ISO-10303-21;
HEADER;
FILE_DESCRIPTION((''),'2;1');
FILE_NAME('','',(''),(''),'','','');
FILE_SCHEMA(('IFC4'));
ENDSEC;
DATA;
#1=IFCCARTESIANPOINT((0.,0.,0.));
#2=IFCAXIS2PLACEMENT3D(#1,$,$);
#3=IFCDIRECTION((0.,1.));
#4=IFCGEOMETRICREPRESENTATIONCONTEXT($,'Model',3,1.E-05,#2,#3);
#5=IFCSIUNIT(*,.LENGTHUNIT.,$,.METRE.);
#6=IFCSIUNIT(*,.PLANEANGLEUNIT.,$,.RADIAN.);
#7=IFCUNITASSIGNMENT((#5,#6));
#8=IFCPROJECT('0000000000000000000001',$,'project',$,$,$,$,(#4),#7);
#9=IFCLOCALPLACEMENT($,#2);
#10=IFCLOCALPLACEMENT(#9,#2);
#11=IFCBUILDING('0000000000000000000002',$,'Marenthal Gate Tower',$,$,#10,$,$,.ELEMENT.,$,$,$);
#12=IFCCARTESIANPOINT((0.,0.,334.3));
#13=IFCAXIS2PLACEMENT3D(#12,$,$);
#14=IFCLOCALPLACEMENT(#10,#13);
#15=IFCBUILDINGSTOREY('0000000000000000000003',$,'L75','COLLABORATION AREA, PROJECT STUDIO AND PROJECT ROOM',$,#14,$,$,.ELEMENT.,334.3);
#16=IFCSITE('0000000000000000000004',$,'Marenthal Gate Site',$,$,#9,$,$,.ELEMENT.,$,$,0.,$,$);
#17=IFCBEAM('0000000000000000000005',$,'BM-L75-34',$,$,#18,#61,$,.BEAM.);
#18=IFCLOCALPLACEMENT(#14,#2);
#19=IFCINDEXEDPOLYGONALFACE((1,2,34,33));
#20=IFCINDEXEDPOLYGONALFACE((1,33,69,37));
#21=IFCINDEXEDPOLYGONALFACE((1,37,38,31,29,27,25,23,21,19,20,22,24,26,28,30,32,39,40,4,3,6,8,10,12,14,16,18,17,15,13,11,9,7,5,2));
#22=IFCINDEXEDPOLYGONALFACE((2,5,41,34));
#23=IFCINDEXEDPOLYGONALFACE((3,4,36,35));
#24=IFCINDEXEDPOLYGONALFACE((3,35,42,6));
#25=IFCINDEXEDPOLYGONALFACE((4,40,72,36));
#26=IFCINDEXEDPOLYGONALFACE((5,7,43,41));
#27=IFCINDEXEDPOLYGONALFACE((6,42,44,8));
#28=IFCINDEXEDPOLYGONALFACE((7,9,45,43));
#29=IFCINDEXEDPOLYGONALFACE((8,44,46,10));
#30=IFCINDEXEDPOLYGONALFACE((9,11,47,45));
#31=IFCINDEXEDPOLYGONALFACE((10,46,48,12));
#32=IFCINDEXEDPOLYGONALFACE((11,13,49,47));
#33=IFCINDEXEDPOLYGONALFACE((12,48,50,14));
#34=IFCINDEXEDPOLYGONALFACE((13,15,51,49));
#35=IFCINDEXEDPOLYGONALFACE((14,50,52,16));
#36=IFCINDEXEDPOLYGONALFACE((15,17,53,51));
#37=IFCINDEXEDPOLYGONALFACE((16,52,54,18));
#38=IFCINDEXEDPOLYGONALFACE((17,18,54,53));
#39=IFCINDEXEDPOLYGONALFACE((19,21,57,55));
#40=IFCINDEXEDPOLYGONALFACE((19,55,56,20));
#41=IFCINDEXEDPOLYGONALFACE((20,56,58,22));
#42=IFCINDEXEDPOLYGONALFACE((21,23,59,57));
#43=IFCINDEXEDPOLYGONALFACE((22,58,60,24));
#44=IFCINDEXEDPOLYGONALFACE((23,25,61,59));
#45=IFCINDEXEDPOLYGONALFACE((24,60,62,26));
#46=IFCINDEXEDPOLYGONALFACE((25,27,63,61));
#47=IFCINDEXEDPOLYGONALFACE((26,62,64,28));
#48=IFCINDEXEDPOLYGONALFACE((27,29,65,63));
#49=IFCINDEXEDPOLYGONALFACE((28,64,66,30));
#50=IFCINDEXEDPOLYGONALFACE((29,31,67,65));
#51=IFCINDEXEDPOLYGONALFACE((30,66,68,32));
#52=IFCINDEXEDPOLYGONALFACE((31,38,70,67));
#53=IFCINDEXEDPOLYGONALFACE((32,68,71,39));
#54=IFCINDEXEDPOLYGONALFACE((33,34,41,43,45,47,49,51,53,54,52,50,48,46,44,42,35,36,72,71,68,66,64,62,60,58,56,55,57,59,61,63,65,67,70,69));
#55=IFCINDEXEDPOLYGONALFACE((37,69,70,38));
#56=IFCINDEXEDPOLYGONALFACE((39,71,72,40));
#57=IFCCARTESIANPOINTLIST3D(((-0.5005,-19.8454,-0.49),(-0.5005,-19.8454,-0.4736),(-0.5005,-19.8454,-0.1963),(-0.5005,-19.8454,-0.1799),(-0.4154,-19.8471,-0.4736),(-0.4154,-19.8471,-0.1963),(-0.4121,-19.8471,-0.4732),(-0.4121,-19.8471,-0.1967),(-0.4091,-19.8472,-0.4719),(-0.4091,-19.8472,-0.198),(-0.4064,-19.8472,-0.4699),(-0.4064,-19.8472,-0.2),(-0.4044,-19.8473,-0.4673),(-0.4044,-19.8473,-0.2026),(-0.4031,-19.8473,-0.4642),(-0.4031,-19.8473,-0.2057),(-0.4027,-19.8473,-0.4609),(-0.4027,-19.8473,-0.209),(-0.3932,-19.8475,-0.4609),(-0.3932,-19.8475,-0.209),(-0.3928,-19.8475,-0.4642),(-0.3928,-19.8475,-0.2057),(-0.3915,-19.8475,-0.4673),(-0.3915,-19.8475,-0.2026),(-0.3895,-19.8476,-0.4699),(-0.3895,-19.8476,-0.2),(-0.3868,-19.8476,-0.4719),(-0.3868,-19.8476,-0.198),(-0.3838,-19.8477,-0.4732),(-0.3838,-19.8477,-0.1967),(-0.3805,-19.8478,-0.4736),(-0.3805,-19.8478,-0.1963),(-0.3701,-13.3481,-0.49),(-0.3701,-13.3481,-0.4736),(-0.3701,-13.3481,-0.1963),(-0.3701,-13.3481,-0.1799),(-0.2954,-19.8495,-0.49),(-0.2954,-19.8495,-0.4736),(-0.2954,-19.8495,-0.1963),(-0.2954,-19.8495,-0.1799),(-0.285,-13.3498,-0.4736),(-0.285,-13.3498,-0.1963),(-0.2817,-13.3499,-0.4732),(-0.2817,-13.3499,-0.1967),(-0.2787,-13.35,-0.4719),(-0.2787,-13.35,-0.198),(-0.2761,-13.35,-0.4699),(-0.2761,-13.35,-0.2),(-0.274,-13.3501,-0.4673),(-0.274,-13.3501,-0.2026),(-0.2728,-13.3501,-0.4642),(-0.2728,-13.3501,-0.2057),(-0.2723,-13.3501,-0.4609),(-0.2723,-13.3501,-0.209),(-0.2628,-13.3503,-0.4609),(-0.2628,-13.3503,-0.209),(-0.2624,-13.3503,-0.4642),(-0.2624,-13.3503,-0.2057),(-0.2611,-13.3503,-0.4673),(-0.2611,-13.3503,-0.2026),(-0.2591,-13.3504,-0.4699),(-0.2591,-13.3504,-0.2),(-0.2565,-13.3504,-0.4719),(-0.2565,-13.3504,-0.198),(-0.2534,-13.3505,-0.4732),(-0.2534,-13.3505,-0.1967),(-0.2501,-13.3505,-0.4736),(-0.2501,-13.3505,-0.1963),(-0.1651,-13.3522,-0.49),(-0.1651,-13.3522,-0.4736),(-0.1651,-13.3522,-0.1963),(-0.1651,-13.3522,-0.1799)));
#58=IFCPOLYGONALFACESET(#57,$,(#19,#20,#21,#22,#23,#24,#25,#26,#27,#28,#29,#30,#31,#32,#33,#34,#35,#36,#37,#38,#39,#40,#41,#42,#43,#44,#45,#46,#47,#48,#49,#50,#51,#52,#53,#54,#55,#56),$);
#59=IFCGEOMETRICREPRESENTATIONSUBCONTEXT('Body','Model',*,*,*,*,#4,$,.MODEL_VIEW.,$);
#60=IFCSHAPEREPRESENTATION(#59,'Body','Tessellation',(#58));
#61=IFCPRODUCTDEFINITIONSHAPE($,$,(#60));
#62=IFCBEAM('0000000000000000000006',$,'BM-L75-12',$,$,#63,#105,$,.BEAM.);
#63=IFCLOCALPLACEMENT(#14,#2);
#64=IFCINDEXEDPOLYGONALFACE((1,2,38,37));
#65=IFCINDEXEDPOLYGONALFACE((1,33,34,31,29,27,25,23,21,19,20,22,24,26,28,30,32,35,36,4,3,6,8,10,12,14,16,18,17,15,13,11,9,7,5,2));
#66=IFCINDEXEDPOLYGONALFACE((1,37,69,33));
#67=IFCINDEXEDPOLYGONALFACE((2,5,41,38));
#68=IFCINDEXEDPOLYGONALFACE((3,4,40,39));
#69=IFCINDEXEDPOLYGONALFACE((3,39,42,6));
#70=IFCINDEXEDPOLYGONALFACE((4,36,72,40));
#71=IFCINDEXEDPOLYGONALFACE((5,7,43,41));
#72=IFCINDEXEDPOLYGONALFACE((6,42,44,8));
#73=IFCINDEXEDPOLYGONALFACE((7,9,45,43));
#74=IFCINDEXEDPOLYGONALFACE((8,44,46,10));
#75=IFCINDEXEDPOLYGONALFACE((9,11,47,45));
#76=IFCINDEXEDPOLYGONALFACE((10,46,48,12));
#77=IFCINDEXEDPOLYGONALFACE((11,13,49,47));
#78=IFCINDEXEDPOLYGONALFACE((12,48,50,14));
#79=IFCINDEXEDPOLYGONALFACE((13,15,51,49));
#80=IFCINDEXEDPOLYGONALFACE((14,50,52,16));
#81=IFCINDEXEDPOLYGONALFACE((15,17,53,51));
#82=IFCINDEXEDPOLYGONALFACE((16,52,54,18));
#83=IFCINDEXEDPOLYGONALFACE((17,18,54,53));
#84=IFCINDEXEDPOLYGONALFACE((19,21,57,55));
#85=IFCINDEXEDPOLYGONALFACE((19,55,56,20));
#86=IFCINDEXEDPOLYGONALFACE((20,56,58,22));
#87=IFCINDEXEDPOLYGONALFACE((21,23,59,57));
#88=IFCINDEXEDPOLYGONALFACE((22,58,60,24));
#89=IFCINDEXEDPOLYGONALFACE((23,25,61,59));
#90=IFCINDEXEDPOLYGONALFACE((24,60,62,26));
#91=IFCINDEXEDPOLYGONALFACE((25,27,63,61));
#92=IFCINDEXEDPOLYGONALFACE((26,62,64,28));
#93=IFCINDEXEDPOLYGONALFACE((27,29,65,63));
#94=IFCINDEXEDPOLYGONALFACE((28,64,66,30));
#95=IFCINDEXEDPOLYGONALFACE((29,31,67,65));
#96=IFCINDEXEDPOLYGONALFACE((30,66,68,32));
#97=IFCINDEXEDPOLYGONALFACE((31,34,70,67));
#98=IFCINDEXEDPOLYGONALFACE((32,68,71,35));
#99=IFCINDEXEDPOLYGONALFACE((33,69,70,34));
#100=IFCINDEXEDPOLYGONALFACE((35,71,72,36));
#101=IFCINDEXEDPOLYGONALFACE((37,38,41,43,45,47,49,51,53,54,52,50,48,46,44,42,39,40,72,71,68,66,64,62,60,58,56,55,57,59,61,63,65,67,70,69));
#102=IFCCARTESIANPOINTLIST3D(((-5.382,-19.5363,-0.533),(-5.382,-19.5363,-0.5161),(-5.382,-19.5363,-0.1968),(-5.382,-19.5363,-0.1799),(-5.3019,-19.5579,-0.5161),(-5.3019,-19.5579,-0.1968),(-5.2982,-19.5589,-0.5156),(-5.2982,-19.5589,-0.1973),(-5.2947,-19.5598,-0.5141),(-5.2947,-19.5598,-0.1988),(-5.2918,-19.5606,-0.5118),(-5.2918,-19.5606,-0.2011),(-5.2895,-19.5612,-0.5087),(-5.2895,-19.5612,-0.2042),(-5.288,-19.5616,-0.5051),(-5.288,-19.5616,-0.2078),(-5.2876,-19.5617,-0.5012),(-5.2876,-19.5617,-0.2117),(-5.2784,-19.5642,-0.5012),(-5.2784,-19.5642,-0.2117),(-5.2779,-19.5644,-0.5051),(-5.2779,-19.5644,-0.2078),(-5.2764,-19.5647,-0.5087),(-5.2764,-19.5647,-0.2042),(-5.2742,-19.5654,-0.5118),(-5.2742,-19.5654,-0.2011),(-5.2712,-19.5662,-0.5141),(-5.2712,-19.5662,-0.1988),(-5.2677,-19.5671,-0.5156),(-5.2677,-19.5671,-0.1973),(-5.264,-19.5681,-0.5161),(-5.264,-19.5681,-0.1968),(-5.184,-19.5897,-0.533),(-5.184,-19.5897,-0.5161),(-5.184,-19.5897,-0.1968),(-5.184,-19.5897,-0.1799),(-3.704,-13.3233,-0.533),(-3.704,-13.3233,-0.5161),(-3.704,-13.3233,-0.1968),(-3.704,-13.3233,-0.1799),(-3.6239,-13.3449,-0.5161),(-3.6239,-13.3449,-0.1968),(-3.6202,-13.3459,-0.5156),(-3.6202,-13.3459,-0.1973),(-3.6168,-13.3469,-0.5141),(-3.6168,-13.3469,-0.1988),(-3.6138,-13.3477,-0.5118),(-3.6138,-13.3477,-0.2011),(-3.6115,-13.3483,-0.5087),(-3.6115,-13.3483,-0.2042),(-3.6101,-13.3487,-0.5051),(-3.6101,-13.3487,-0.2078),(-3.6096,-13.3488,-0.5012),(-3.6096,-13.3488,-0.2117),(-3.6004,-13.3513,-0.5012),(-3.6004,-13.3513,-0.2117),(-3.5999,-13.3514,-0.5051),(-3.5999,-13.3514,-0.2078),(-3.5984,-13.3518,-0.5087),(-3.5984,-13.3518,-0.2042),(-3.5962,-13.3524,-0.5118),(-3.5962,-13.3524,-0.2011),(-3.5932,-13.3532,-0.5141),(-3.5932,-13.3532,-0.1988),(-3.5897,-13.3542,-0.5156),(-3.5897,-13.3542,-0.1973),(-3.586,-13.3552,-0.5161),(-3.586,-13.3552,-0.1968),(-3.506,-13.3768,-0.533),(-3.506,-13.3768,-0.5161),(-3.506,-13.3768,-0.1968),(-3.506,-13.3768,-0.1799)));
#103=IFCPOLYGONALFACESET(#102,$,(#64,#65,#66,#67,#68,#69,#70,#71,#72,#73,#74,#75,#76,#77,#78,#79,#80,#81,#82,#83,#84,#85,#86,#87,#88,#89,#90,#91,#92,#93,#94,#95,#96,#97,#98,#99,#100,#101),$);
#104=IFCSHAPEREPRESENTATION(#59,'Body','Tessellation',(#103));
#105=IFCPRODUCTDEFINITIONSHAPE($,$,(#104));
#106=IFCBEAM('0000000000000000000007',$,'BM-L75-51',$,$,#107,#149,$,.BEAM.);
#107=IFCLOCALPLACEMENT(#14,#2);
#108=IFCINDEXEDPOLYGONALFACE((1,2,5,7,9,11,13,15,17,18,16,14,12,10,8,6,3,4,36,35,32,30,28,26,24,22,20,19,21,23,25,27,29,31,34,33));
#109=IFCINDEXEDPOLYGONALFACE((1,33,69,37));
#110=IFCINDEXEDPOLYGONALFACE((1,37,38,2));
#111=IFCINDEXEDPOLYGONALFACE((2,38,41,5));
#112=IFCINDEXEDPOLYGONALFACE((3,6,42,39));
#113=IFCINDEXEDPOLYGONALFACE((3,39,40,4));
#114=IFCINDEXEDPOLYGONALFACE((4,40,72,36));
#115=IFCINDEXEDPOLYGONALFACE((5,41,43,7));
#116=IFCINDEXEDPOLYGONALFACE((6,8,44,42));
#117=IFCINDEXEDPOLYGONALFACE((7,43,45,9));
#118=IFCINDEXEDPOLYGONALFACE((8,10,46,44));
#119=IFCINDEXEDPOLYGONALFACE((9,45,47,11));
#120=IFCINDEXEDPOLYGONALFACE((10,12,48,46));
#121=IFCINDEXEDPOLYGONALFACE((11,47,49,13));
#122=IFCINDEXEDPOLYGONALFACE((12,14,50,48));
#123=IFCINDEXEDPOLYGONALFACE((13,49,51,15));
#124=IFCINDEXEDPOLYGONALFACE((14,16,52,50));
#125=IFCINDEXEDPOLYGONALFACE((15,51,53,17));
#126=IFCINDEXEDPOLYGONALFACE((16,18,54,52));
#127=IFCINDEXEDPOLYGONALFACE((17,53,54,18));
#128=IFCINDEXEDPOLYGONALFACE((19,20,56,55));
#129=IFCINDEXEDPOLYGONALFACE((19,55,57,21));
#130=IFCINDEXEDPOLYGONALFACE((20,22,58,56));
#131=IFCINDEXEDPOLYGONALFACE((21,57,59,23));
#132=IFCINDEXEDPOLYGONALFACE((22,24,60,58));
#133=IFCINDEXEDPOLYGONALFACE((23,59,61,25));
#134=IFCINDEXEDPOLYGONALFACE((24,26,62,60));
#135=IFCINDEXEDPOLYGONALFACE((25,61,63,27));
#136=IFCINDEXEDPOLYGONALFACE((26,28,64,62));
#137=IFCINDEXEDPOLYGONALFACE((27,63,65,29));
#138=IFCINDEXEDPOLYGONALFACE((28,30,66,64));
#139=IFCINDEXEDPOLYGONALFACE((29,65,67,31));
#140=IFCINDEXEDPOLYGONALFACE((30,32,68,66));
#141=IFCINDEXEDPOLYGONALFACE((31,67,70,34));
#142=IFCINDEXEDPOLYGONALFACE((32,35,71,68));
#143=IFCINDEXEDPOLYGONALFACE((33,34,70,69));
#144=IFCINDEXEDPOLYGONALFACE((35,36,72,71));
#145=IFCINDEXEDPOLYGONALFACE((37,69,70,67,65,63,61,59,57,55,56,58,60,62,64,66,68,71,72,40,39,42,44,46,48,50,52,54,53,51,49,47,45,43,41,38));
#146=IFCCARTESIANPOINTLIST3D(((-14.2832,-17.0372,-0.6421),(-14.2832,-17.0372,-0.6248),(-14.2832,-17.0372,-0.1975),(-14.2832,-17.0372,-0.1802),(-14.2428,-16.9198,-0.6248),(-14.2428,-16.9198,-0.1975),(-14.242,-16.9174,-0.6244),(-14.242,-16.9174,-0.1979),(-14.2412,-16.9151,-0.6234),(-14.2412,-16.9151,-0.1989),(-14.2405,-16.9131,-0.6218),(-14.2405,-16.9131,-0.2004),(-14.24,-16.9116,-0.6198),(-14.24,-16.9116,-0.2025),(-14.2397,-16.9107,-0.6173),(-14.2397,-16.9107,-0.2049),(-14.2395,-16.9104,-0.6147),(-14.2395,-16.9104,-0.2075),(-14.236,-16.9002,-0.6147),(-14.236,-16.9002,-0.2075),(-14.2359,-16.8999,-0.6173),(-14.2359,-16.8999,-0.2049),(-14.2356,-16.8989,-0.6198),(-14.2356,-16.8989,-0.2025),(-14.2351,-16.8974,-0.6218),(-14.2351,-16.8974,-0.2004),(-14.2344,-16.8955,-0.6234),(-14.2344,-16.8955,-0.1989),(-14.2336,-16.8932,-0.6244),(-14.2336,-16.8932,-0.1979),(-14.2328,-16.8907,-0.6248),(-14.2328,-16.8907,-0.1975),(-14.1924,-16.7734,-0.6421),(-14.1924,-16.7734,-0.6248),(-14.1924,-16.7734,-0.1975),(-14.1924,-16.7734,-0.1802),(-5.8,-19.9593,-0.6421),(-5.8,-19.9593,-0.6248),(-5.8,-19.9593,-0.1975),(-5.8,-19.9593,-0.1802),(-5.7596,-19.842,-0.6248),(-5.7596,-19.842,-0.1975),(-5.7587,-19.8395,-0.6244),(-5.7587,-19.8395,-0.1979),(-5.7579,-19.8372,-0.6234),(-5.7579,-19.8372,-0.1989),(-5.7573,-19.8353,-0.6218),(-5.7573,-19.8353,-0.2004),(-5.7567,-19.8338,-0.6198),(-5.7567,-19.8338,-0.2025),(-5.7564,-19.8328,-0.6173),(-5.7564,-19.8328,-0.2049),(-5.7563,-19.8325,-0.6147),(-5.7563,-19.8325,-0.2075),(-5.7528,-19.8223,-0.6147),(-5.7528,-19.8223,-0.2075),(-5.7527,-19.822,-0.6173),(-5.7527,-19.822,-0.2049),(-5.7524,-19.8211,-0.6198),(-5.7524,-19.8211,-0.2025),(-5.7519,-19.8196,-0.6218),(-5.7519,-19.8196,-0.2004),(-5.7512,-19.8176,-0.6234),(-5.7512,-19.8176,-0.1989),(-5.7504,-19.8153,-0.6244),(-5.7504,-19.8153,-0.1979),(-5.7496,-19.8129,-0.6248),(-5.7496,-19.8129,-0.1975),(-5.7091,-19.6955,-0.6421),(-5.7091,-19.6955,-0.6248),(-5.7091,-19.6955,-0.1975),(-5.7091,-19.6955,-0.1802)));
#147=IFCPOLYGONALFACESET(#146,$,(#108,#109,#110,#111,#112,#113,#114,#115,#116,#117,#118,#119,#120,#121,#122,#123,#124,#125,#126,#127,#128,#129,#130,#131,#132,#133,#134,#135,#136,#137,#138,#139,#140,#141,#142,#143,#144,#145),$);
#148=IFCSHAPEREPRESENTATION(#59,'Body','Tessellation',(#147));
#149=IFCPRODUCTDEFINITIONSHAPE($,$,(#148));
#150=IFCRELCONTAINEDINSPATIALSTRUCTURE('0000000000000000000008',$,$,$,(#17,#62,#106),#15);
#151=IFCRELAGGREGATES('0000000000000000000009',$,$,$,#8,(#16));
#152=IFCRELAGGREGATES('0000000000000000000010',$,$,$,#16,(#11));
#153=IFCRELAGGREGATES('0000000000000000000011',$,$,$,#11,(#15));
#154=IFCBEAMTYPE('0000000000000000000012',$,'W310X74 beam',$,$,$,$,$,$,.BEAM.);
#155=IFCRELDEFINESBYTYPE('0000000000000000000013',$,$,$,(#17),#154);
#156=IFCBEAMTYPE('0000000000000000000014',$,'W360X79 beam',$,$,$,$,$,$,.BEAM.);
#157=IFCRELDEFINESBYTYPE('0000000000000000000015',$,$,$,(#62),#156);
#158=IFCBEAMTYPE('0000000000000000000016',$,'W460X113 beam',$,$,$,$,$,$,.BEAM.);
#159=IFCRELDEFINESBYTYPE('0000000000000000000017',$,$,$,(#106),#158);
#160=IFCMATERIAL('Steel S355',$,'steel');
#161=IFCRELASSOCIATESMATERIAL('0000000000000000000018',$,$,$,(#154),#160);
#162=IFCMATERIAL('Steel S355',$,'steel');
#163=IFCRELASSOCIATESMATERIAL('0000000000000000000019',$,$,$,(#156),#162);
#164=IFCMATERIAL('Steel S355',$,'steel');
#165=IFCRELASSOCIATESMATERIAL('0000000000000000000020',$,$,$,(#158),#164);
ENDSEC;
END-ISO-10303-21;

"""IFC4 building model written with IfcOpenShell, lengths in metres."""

from ifc_helpers import new_model, si_unit, direction, frame, origin, origin_2d, place, context, subcontext, project, spatial, i_section, extrude, material, material_profile, profile_set, type_object, element, save


model = new_model("IFC4")

# Units and contexts
model_context = context("Model", 3, precision=1e-05, world=origin(), true_north=direction((0.0, 1.0)))
body_context = subcontext(model_context, "Body", "Model", "MODEL_VIEW")
ifc_project = project(units=[si_unit("LENGTHUNIT", "METRE"), si_unit("PLANEANGLEUNIT", "RADIAN")], contexts=[model_context])

# Site, building, storey
site_placement = place(None, origin())
site = spatial("IfcSite", under=ifc_project, at=site_placement, Name="Marenthal Gate Site", CompositionType="ELEMENT", RefElevation=0.0)
building_placement = place(site_placement, origin())
building = spatial("IfcBuilding", under=site, at=building_placement, Name="Marenthal Gate Tower", CompositionType="ELEMENT")
storey_placement = place(building_placement, frame((0.0, 0.0, 334.3)))
storey = spatial("IfcBuildingStorey", under=building, at=storey_placement, Name="L75", Description="COLLABORATION AREA, PROJECT STUDIO AND PROJECT ROOM", CompositionType="ELEMENT", Elevation=334.3)

# Beams
ifc_material_1 = material(Name="Steel S355", Category="steel")
ifc_material_profile_1 = material_profile(ifc_material_1, i_section(OverallWidth=0.2051, OverallDepth=0.3101, WebThickness=0.0095, FlangeThickness=0.0164, FilletRadius=0.0127, at=origin_2d()), Name="W310X74")
ifc_profile_set_1 = profile_set([ifc_material_profile_1], Name="Steel S355")
beam_type_1 = type_object("IfcBeamType", Name="W310X74 beam", PredefinedType="BEAM", material=ifc_profile_set_1)
beam_1_placement = place(storey_placement, frame((-0.3979, -19.8474, -0.335), z_axis=(0.020061, 0.999799, 0.0), x_axis=(-0.999799, 0.020061, 0.0)))
element("IfcBeam", 1, at=beam_1_placement, inside=storey, type_object=beam_type_1, Name="BM-L75-34", PredefinedType="BEAM", context=body_context, shape_type="SweptSolid", body=[
    extrude(i_section(OverallWidth=0.2051, OverallDepth=0.3101, WebThickness=0.0095, FlangeThickness=0.0164, FilletRadius=0.0127, at=origin_2d()), origin(), (0.0, 0.0, 1.0), 6.4985),
])
ifc_material_2 = material(Name="Steel S355", Category="steel")
ifc_material_profile_2 = material_profile(ifc_material_2, i_section(OverallWidth=0.2051, OverallDepth=0.353, WebThickness=0.0095, FlangeThickness=0.0168, FilletRadius=0.0149, at=origin_2d()), Name="W360X79")
ifc_profile_set_2 = profile_set([ifc_material_profile_2], Name="Steel S355")
beam_type_2 = type_object("IfcBeamType", Name="W360X79 beam", PredefinedType="BEAM", material=ifc_profile_set_2)
beam_2_placement = place(storey_placement, frame((-5.283, -19.563, -0.3564), z_axis=(0.260738, 0.96541, 0.0), x_axis=(-0.96541, 0.260738, 0.0)))
element("IfcBeam", 2, at=beam_2_placement, inside=storey, type_object=beam_type_2, Name="BM-L75-12", PredefinedType="BEAM", context=body_context, shape_type="SweptSolid", body=[
    extrude(i_section(OverallWidth=0.2051, OverallDepth=0.353, WebThickness=0.0095, FlangeThickness=0.0168, FilletRadius=0.0149, at=origin_2d()), origin(), (0.0, 0.0, 1.0), 6.4355),
])
ifc_material_3 = material(Name="Steel S355", Category="steel")
ifc_material_profile_3 = material_profile(ifc_material_3, i_section(OverallWidth=0.2791, OverallDepth=0.4619, WebThickness=0.0107, FlangeThickness=0.0173, FilletRadius=0.01, at=origin_2d()), Name="W460X113")
ifc_profile_set_3 = profile_set([ifc_material_profile_3], Name="Steel S355")
beam_type_3 = type_object("IfcBeamType", Name="W460X113 beam", PredefinedType="BEAM", material=ifc_profile_set_3)
beam_3_placement = place(storey_placement, frame((-14.2378, -16.9053, -0.4111), z_axis=(0.94548, -0.325681, 0.0), x_axis=(0.325681, 0.94548, 0.0)))
element("IfcBeam", 3, at=beam_3_placement, inside=storey, type_object=beam_type_3, Name="BM-L75-51", PredefinedType="BEAM", context=body_context, shape_type="SweptSolid", body=[
    extrude(i_section(OverallWidth=0.2791, OverallDepth=0.4619, WebThickness=0.0107, FlangeThickness=0.0173, FilletRadius=0.01, at=origin_2d()), origin(), (0.0, 0.0, 1.0), 8.9724),
])

save(model, "model.ifc")
